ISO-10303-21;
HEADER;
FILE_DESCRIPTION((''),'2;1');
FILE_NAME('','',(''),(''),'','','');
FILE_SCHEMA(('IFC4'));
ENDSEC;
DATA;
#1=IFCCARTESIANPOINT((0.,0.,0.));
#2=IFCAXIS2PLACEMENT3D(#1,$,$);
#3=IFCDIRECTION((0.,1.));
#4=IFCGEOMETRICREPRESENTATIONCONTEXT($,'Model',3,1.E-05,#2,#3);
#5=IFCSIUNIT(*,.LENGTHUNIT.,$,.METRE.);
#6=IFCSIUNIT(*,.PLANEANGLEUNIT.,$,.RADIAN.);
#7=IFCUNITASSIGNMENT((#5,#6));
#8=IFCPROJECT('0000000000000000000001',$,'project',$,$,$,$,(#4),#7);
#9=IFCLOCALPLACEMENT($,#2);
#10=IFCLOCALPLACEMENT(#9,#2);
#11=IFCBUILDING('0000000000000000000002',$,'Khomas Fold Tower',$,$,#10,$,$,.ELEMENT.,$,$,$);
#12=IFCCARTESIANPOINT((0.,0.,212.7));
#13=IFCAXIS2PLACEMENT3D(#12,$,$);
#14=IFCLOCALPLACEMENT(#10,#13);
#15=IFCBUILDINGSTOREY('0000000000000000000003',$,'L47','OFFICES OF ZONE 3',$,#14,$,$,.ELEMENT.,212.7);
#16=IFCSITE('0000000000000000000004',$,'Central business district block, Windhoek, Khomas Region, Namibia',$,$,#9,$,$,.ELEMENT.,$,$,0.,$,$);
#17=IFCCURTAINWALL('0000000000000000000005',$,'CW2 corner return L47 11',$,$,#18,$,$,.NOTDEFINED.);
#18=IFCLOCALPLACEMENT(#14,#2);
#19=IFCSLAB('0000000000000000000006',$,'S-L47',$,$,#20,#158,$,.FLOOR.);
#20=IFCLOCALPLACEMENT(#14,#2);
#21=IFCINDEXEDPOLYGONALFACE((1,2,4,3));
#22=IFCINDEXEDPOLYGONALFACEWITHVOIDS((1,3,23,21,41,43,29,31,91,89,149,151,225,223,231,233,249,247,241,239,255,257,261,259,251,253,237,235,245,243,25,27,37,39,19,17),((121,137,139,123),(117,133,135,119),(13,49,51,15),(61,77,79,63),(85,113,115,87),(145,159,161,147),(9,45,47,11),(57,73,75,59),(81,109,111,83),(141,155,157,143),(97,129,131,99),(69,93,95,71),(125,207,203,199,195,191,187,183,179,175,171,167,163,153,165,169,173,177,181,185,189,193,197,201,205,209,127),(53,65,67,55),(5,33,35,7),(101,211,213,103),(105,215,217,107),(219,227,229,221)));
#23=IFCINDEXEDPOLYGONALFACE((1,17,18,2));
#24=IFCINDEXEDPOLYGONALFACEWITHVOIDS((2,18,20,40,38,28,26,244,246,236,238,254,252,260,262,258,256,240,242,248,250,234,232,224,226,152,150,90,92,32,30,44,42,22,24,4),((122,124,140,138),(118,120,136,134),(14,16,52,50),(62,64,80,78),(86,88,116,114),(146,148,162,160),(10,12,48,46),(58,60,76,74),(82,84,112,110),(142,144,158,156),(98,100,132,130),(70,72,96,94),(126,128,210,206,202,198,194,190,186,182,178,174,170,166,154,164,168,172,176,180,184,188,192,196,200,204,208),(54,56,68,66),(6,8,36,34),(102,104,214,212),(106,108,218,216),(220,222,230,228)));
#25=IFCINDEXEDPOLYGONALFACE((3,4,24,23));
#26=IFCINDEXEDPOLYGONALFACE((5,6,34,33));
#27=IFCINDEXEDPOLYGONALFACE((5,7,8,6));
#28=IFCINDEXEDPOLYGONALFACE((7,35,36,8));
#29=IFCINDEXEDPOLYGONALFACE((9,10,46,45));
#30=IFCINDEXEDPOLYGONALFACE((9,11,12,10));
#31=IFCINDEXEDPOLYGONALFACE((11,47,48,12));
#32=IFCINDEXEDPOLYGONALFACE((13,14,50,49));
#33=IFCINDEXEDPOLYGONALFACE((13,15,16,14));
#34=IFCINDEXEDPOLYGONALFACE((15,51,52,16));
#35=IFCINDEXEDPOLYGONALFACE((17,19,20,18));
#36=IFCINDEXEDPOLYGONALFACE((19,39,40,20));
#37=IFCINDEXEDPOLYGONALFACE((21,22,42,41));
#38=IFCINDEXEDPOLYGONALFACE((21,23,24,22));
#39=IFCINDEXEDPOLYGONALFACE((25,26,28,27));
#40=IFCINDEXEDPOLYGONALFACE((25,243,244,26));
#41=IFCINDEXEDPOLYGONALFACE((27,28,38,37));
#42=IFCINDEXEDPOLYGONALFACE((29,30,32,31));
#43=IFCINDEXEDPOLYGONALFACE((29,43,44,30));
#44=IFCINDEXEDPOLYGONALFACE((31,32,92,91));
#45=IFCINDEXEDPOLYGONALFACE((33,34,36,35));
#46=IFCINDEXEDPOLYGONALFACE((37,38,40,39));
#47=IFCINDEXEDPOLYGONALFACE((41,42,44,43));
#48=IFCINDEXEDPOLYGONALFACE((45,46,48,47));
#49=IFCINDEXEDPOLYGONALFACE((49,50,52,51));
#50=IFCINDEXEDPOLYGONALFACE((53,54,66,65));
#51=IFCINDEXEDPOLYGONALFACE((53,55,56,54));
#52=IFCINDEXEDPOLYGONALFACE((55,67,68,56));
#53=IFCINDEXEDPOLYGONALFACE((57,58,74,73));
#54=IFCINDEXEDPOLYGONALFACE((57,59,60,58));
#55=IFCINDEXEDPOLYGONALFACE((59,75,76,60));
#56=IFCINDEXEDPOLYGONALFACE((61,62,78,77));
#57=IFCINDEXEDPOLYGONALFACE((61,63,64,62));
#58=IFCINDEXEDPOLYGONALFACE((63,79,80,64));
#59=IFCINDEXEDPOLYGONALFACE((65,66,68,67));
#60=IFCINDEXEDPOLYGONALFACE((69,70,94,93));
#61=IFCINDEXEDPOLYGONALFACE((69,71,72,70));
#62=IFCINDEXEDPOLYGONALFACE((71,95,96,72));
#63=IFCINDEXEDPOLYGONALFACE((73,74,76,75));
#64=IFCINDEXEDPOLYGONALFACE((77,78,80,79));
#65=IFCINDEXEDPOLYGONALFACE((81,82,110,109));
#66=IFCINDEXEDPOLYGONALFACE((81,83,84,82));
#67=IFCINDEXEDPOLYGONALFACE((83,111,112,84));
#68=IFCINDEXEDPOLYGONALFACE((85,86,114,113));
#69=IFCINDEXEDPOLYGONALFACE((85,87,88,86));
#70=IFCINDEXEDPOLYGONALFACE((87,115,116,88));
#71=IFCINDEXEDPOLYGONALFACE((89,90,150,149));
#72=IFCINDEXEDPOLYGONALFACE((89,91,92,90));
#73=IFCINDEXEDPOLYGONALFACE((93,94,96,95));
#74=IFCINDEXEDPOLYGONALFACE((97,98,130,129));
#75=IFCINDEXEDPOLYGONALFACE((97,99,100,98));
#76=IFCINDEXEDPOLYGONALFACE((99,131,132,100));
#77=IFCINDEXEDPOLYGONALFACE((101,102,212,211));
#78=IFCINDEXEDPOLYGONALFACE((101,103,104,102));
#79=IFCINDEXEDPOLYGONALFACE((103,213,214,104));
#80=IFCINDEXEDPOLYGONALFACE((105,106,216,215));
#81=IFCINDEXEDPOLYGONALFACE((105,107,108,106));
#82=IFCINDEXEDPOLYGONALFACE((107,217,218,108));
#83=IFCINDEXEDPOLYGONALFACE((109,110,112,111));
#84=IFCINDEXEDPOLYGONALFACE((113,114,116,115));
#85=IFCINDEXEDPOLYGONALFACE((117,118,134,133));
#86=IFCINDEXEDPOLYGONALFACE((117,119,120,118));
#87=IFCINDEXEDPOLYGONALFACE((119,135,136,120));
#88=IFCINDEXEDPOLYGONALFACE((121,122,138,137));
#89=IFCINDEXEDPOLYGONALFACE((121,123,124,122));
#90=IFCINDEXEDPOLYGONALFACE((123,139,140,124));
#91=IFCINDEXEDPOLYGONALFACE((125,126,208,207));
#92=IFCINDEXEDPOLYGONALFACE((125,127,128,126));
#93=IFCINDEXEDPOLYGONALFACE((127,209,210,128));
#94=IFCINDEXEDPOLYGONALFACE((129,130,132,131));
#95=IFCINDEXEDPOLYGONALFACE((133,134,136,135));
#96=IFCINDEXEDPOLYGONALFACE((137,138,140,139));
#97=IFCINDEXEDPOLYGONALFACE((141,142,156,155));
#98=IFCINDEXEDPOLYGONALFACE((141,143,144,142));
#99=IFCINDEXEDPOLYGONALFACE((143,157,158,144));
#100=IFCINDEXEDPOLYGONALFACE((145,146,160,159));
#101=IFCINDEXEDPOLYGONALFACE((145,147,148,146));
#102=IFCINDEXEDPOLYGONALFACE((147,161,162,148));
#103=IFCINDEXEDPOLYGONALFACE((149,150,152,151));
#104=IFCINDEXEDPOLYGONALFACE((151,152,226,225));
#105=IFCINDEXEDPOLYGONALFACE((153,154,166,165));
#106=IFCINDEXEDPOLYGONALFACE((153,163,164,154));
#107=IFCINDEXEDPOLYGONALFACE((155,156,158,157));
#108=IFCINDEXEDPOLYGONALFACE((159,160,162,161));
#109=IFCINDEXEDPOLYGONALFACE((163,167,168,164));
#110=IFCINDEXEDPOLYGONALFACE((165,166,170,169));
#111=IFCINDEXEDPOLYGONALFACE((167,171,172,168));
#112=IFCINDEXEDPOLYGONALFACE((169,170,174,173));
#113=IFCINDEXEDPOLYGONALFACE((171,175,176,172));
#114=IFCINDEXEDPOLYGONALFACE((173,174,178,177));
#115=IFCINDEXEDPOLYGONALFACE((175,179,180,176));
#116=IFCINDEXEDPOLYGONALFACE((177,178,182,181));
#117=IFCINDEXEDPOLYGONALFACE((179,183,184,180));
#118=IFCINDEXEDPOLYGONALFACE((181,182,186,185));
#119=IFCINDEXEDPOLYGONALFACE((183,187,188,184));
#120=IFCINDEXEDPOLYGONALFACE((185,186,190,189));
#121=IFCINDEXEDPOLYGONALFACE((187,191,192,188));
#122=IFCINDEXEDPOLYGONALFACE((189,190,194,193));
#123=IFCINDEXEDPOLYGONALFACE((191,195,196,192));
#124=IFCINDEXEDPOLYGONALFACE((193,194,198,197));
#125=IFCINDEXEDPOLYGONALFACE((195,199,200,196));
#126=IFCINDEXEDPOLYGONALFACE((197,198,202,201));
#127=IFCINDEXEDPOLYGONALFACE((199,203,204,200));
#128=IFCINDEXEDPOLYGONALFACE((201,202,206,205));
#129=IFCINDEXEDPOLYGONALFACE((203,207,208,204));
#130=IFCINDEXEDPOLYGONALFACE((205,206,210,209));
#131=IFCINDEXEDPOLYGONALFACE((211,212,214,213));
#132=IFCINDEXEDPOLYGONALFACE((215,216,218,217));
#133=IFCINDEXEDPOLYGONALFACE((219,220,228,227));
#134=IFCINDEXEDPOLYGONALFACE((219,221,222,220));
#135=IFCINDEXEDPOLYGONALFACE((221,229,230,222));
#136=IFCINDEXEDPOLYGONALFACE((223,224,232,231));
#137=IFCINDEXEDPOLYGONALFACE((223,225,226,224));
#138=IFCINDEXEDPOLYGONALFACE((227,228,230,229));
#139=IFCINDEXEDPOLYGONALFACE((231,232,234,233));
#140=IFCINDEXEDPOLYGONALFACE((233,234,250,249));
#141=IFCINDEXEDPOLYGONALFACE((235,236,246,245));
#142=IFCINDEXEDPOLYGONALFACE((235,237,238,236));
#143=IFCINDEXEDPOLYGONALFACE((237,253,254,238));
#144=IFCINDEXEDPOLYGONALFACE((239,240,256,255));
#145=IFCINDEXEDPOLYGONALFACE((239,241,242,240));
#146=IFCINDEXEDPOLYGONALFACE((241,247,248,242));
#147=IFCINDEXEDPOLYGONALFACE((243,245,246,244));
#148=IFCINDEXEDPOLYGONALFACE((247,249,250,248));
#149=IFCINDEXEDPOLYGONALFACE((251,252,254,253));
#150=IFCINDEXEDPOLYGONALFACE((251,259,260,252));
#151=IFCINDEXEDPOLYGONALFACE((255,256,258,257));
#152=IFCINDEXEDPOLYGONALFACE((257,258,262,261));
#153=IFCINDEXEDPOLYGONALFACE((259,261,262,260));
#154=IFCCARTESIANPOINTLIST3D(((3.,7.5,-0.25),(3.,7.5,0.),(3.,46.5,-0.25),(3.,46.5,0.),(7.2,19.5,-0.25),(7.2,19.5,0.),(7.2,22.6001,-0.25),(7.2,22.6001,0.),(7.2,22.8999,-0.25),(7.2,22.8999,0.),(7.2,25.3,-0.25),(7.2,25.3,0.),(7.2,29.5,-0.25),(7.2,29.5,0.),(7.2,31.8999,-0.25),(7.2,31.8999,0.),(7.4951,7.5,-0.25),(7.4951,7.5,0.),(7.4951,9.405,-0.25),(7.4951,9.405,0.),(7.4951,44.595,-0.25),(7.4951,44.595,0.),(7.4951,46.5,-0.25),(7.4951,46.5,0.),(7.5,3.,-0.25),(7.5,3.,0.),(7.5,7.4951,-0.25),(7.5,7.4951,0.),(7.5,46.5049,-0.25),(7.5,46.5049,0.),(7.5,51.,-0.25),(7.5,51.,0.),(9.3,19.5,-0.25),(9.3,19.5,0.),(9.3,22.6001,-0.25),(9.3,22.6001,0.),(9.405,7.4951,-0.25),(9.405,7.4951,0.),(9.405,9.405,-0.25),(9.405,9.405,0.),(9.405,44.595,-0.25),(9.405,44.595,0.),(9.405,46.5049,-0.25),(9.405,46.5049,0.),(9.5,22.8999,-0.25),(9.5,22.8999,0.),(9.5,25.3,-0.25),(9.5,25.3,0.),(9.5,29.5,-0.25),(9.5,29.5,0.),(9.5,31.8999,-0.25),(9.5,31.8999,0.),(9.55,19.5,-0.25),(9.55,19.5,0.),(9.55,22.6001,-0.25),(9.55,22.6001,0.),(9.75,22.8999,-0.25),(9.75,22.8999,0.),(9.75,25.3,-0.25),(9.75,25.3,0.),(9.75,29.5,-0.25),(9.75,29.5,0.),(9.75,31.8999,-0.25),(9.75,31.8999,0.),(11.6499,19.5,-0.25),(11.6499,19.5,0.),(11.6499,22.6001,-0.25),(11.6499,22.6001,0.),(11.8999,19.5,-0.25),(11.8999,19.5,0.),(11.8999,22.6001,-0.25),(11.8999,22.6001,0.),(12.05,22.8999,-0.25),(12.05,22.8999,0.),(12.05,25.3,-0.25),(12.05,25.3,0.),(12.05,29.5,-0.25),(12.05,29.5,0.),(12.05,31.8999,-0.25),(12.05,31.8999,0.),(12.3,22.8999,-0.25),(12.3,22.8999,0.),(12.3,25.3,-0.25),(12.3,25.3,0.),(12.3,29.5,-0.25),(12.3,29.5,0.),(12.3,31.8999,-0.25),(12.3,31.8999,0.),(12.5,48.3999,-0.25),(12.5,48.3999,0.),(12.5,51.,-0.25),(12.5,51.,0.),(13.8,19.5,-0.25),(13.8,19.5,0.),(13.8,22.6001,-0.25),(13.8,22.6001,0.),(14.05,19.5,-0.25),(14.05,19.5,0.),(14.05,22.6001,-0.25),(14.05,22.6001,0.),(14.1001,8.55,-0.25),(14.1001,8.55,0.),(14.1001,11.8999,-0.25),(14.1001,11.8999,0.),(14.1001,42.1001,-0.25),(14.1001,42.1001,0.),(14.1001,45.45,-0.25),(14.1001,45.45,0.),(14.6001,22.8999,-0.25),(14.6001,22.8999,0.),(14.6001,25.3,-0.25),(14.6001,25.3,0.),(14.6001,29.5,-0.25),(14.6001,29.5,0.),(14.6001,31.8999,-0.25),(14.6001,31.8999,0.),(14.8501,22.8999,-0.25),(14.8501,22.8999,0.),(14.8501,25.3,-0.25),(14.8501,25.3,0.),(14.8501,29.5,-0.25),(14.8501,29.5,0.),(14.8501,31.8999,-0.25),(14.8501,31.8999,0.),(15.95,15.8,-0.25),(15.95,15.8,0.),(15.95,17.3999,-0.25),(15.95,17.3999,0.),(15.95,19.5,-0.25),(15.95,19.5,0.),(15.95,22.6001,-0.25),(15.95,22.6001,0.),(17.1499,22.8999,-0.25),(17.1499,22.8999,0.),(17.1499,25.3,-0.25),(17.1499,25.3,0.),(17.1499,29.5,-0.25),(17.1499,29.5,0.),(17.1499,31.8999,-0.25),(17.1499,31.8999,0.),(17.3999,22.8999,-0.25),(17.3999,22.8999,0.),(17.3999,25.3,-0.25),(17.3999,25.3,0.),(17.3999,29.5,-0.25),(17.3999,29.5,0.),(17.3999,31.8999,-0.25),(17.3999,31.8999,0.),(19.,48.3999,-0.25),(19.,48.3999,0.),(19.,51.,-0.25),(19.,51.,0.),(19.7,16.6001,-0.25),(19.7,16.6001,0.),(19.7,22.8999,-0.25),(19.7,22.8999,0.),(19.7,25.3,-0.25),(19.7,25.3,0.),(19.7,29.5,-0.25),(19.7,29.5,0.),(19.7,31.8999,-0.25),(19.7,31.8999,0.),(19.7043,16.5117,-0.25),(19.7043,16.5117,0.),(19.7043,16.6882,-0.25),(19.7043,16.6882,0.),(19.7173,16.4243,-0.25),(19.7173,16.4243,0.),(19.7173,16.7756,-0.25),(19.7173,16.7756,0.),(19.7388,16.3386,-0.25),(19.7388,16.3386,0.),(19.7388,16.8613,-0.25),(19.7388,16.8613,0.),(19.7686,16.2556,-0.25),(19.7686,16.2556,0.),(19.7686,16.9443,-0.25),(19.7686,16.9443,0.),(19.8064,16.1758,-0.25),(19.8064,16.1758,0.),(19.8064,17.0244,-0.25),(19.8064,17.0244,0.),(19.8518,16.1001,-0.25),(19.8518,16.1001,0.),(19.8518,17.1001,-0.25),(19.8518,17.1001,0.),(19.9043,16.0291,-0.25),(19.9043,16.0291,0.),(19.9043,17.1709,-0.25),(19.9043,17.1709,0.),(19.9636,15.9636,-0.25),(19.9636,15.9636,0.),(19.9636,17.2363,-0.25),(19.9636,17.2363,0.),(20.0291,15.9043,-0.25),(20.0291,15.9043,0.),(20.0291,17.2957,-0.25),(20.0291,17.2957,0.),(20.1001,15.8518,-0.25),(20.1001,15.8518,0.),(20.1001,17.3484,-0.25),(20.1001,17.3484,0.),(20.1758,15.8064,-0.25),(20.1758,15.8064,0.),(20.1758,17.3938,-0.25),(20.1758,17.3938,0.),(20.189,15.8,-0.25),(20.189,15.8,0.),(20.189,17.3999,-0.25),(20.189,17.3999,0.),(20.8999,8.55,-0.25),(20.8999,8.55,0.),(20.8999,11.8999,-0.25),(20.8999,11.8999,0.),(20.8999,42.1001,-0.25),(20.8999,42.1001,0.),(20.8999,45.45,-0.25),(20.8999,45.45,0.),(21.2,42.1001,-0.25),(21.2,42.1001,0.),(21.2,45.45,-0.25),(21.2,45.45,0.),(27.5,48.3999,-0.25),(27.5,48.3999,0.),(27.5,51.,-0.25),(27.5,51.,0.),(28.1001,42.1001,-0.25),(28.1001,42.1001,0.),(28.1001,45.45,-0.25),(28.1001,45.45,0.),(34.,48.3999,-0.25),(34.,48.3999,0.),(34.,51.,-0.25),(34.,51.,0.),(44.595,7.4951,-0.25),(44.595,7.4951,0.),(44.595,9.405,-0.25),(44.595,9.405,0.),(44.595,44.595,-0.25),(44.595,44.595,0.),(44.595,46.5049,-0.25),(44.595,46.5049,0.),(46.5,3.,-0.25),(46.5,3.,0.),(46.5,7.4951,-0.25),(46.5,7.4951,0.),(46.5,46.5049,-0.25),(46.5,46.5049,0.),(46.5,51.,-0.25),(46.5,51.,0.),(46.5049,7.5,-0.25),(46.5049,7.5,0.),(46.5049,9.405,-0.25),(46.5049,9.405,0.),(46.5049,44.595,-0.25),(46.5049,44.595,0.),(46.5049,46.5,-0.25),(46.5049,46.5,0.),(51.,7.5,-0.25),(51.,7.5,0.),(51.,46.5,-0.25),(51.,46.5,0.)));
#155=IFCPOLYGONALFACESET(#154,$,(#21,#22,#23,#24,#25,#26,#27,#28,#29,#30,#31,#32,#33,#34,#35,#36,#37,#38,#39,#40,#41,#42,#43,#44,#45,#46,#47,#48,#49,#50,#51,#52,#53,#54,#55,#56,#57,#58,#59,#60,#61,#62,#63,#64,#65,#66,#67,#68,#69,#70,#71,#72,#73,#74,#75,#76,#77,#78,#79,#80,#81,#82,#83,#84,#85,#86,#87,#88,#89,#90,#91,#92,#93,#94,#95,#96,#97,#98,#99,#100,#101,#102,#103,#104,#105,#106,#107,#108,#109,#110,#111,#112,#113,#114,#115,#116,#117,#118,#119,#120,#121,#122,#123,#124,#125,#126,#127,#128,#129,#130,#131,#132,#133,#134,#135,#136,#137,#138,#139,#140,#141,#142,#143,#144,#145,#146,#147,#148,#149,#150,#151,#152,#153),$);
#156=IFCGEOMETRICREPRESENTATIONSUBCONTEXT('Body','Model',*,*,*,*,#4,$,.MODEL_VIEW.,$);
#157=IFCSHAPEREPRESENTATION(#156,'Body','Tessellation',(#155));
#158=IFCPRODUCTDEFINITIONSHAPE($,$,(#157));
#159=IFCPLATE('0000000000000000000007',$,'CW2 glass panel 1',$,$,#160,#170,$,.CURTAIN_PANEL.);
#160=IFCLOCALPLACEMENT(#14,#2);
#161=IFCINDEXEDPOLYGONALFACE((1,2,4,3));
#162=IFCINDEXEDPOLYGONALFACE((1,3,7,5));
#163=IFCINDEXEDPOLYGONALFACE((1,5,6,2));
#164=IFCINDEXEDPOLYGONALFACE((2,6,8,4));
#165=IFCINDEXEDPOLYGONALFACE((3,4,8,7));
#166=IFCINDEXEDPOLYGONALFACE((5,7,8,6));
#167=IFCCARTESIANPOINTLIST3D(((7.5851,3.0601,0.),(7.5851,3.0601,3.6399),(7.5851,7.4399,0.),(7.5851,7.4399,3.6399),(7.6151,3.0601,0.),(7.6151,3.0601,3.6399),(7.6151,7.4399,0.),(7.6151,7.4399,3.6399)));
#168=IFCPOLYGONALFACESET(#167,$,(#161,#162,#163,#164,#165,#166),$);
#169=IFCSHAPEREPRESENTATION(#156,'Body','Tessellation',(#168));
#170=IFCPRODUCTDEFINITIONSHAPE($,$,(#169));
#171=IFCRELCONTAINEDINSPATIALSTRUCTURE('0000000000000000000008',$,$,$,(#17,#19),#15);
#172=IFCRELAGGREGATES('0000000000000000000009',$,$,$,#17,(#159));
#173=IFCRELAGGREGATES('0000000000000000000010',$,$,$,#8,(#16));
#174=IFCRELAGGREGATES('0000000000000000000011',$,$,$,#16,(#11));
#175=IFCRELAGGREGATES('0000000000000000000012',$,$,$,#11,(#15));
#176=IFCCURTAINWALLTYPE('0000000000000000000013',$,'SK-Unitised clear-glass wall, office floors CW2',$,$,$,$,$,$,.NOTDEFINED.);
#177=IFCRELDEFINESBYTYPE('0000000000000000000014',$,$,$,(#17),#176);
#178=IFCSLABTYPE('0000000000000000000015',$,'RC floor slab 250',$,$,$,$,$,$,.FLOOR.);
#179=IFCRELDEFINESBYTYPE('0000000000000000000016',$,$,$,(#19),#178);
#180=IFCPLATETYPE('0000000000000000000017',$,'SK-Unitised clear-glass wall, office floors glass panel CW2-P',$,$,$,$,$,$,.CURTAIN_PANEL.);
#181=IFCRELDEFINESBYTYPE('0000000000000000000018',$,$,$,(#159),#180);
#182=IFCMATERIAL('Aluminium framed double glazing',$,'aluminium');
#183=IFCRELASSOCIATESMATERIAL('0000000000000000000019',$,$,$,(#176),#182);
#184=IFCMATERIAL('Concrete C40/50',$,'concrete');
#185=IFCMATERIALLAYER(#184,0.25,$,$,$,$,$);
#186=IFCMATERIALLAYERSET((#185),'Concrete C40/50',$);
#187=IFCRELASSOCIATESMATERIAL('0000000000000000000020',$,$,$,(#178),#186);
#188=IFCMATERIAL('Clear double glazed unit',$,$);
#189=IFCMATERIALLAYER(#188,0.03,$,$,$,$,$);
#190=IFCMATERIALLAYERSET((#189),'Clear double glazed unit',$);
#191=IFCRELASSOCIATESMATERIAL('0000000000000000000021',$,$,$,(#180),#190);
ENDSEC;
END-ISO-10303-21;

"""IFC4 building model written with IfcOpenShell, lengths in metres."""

from ifc_helpers import new_model, si_unit, direction, frame, origin, origin_2d, place, context, subcontext, project, spatial, polyline, rectangle, outline, extrude, source, transform, mapped, material, layer, layer_set, type_object, element, aggregate, save


model = new_model("IFC4")

# Units and contexts
model_context = context("Model", 3, precision=1e-05, world=origin(), true_north=direction((0.0, 1.0)))
body_context = subcontext(model_context, "Body", "Model", "MODEL_VIEW")
ifc_project = project(units=[si_unit("LENGTHUNIT", "METRE"), si_unit("PLANEANGLEUNIT", "RADIAN")], contexts=[model_context])

# Site, building, storey
site_placement = place(None, origin())
site = spatial("IfcSite", under=ifc_project, at=site_placement, Name="Central business district block, Windhoek, Khomas Region, Namibia", CompositionType="ELEMENT", RefElevation=0.0)
building_placement = place(site_placement, origin())
building = spatial("IfcBuilding", under=site, at=building_placement, Name="Khomas Fold Tower", CompositionType="ELEMENT")
storey_placement = place(building_placement, frame((0.0, 0.0, 212.7)))
storey = spatial("IfcBuildingStorey", under=building, at=storey_placement, Name="L47", Description="OFFICES OF ZONE 3", CompositionType="ELEMENT", Elevation=212.7)

# Curtain wall
ifc_material_1 = material(Name="Aluminium framed double glazing", Category="aluminium")
curtain_wall_type = type_object("IfcCurtainWallType", Name="SK-Unitised clear-glass wall, office floors CW2", PredefinedType="NOTDEFINED", material=ifc_material_1)
curtain_wall_1_placement = place(storey_placement, origin())
curtain_wall_1 = element("IfcCurtainWall", 1, at=curtain_wall_1_placement, inside=storey, type_object=curtain_wall_type, Name="CW2 corner return L47 11", PredefinedType="NOTDEFINED")

# Slab
ifc_material_2 = material(Name="Concrete C40/50", Category="concrete")
ifc_layer_1 = layer(ifc_material_2, 0.25)
ifc_layer_set_1 = layer_set([ifc_layer_1], Name="Concrete C40/50")
slab_type_1 = type_object("IfcSlabType", Name="RC floor slab 250", PredefinedType="FLOOR", material=ifc_layer_set_1)
shared_shape_1 = source(origin(), body_context, "Body", "SweptSolid", [
    extrude(outline(polyline([(3.0, 7.5), (7.4951, 7.5), (7.4951, 9.405), (9.405, 9.405), (9.405, 7.4951), (7.5, 7.4951), (7.5, 3.0), (46.5, 3.0), (46.5, 7.4951), (44.595, 7.4951), (44.595, 9.405), (46.5049, 9.405), (46.5049, 7.5), (51.0, 7.5), (51.0, 46.5), (46.5049, 46.5), (46.5049, 44.595), (44.595, 44.595), (44.595, 46.5049), (46.5, 46.5049), (46.5, 51.0), (34.0, 51.0), (34.0, 48.3999), (27.5, 48.3999), (27.5, 51.0), (19.0, 51.0), (19.0, 48.3999), (12.5, 48.3999), (12.5, 51.0), (7.5, 51.0), (7.5, 46.5049), (9.405, 46.5049), (9.405, 44.595), (7.4951, 44.595), (7.4951, 46.5), (3.0, 46.5), (3.0, 7.5)]), holes=[polyline([(7.2, 19.5), (7.2, 22.6001), (9.3, 22.6001), (9.3, 19.5), (7.2, 19.5)]), polyline([(7.2, 22.8999), (7.2, 25.3), (9.5, 25.3), (9.5, 22.8999), (7.2, 22.8999)]), polyline([(7.2, 29.5), (7.2, 31.8999), (9.5, 31.8999), (9.5, 29.5), (7.2, 29.5)]), polyline([(9.55, 19.5), (9.55, 22.6001), (11.6499, 22.6001), (11.6499, 19.5), (9.55, 19.5)]), polyline([(9.75, 22.8999), (9.75, 25.3), (12.05, 25.3), (12.05, 22.8999), (9.75, 22.8999)]), polyline([(9.75, 29.5), (9.75, 31.8999), (12.05, 31.8999), (12.05, 29.5), (9.75, 29.5)]), polyline([(11.8999, 19.5), (11.8999, 22.6001), (13.8, 22.6001), (13.8, 19.5), (11.8999, 19.5)]), polyline([(12.3, 22.8999), (12.3, 25.3), (14.6001, 25.3), (14.6001, 22.8999), (12.3, 22.8999)]), polyline([(12.3, 29.5), (12.3, 31.8999), (14.6001, 31.8999), (14.6001, 29.5), (12.3, 29.5)]), polyline([(14.05, 19.5), (14.05, 22.6001), (15.95, 22.6001), (15.95, 19.5), (14.05, 19.5)]), polyline([(14.1001, 8.55), (14.1001, 11.8999), (20.8999, 11.8999), (20.8999, 8.55), (14.1001, 8.55)]), polyline([(14.1001, 42.1001), (14.1001, 45.45), (20.8999, 45.45), (20.8999, 42.1001), (14.1001, 42.1001)]), polyline([(14.8501, 22.8999), (14.8501, 25.3), (17.1499, 25.3), (17.1499, 22.8999), (14.8501, 22.8999)]), polyline([(14.8501, 29.5), (14.8501, 31.8999), (17.1499, 31.8999), (17.1499, 29.5), (14.8501, 29.5)]), polyline([(15.95, 15.8), (15.95, 17.3999), (20.189, 17.3999), (20.1758, 17.3938), (20.1001, 17.3484), (20.0291, 17.2957), (19.9636, 17.2363), (19.9043, 17.1709), (19.8518, 17.1001), (19.8064, 17.0244), (19.7686, 16.9443), (19.7388, 16.8613), (19.7173, 16.7756), (19.7043, 16.6882), (19.7, 16.6001), (19.7043, 16.5117), (19.7173, 16.4243), (19.7388, 16.3386), (19.7686, 16.2556), (19.8064, 16.1758), (19.8518, 16.1001), (19.9043, 16.0291), (19.9636, 15.9636), (20.0291, 15.9043), (20.1001, 15.8518), (20.1758, 15.8064), (20.189, 15.8), (15.95, 15.8)]), polyline([(17.3999, 22.8999), (17.3999, 25.3), (19.7, 25.3), (19.7, 22.8999), (17.3999, 22.8999)]), polyline([(17.3999, 29.5), (17.3999, 31.8999), (19.7, 31.8999), (19.7, 29.5), (17.3999, 29.5)]), polyline([(21.2, 42.1001), (21.2, 45.45), (28.1001, 45.45), (28.1001, 42.1001), (21.2, 42.1001)])]), origin(), (0.0, 0.0, 1.0), 0.25),
])
slab_1_placement = place(storey_placement, frame((0.0, 0.0, -0.25)))
element("IfcSlab", 2, at=slab_1_placement, inside=storey, type_object=slab_type_1, Name="S-L47", PredefinedType="FLOOR", context=body_context, shape_type="MappedRepresentation", body=[
    mapped(shared_shape_1, transform((0.0, 0.0, 0.0))),
])

# Plate
ifc_material_3 = material(Name="Clear double glazed unit")
ifc_layer_2 = layer(ifc_material_3, 0.03)
ifc_layer_set_2 = layer_set([ifc_layer_2], Name="Clear double glazed unit")
plate_type_1 = type_object("IfcPlateType", Name="SK-Unitised clear-glass wall, office floors glass panel CW2-P", PredefinedType="CURTAIN_PANEL", material=ifc_layer_set_2)
shared_shape_2 = source(origin(), body_context, "Body", "SweptSolid", [
    extrude(rectangle(XDim=4.3799, YDim=0.03, at=origin_2d()), origin(), (0.0, 0.0, 1.0), 3.6399),
])
plate_1_placement = place(storey_placement, frame((7.6001, 5.25, 0.0), z_axis=(0.0, 0.0, 1.0), x_axis=(0.0, -1.0, 0.0)))
plate_1 = element("IfcPlate", 3, at=plate_1_placement, type_object=plate_type_1, Name="CW2 glass panel 1", PredefinedType="CURTAIN_PANEL", context=body_context, shape_type="MappedRepresentation", body=[
    mapped(shared_shape_2, transform((0.0, 0.0, 0.0))),
])
aggregate(curtain_wall_1, [plate_1])

save(model, "model.ifc")
